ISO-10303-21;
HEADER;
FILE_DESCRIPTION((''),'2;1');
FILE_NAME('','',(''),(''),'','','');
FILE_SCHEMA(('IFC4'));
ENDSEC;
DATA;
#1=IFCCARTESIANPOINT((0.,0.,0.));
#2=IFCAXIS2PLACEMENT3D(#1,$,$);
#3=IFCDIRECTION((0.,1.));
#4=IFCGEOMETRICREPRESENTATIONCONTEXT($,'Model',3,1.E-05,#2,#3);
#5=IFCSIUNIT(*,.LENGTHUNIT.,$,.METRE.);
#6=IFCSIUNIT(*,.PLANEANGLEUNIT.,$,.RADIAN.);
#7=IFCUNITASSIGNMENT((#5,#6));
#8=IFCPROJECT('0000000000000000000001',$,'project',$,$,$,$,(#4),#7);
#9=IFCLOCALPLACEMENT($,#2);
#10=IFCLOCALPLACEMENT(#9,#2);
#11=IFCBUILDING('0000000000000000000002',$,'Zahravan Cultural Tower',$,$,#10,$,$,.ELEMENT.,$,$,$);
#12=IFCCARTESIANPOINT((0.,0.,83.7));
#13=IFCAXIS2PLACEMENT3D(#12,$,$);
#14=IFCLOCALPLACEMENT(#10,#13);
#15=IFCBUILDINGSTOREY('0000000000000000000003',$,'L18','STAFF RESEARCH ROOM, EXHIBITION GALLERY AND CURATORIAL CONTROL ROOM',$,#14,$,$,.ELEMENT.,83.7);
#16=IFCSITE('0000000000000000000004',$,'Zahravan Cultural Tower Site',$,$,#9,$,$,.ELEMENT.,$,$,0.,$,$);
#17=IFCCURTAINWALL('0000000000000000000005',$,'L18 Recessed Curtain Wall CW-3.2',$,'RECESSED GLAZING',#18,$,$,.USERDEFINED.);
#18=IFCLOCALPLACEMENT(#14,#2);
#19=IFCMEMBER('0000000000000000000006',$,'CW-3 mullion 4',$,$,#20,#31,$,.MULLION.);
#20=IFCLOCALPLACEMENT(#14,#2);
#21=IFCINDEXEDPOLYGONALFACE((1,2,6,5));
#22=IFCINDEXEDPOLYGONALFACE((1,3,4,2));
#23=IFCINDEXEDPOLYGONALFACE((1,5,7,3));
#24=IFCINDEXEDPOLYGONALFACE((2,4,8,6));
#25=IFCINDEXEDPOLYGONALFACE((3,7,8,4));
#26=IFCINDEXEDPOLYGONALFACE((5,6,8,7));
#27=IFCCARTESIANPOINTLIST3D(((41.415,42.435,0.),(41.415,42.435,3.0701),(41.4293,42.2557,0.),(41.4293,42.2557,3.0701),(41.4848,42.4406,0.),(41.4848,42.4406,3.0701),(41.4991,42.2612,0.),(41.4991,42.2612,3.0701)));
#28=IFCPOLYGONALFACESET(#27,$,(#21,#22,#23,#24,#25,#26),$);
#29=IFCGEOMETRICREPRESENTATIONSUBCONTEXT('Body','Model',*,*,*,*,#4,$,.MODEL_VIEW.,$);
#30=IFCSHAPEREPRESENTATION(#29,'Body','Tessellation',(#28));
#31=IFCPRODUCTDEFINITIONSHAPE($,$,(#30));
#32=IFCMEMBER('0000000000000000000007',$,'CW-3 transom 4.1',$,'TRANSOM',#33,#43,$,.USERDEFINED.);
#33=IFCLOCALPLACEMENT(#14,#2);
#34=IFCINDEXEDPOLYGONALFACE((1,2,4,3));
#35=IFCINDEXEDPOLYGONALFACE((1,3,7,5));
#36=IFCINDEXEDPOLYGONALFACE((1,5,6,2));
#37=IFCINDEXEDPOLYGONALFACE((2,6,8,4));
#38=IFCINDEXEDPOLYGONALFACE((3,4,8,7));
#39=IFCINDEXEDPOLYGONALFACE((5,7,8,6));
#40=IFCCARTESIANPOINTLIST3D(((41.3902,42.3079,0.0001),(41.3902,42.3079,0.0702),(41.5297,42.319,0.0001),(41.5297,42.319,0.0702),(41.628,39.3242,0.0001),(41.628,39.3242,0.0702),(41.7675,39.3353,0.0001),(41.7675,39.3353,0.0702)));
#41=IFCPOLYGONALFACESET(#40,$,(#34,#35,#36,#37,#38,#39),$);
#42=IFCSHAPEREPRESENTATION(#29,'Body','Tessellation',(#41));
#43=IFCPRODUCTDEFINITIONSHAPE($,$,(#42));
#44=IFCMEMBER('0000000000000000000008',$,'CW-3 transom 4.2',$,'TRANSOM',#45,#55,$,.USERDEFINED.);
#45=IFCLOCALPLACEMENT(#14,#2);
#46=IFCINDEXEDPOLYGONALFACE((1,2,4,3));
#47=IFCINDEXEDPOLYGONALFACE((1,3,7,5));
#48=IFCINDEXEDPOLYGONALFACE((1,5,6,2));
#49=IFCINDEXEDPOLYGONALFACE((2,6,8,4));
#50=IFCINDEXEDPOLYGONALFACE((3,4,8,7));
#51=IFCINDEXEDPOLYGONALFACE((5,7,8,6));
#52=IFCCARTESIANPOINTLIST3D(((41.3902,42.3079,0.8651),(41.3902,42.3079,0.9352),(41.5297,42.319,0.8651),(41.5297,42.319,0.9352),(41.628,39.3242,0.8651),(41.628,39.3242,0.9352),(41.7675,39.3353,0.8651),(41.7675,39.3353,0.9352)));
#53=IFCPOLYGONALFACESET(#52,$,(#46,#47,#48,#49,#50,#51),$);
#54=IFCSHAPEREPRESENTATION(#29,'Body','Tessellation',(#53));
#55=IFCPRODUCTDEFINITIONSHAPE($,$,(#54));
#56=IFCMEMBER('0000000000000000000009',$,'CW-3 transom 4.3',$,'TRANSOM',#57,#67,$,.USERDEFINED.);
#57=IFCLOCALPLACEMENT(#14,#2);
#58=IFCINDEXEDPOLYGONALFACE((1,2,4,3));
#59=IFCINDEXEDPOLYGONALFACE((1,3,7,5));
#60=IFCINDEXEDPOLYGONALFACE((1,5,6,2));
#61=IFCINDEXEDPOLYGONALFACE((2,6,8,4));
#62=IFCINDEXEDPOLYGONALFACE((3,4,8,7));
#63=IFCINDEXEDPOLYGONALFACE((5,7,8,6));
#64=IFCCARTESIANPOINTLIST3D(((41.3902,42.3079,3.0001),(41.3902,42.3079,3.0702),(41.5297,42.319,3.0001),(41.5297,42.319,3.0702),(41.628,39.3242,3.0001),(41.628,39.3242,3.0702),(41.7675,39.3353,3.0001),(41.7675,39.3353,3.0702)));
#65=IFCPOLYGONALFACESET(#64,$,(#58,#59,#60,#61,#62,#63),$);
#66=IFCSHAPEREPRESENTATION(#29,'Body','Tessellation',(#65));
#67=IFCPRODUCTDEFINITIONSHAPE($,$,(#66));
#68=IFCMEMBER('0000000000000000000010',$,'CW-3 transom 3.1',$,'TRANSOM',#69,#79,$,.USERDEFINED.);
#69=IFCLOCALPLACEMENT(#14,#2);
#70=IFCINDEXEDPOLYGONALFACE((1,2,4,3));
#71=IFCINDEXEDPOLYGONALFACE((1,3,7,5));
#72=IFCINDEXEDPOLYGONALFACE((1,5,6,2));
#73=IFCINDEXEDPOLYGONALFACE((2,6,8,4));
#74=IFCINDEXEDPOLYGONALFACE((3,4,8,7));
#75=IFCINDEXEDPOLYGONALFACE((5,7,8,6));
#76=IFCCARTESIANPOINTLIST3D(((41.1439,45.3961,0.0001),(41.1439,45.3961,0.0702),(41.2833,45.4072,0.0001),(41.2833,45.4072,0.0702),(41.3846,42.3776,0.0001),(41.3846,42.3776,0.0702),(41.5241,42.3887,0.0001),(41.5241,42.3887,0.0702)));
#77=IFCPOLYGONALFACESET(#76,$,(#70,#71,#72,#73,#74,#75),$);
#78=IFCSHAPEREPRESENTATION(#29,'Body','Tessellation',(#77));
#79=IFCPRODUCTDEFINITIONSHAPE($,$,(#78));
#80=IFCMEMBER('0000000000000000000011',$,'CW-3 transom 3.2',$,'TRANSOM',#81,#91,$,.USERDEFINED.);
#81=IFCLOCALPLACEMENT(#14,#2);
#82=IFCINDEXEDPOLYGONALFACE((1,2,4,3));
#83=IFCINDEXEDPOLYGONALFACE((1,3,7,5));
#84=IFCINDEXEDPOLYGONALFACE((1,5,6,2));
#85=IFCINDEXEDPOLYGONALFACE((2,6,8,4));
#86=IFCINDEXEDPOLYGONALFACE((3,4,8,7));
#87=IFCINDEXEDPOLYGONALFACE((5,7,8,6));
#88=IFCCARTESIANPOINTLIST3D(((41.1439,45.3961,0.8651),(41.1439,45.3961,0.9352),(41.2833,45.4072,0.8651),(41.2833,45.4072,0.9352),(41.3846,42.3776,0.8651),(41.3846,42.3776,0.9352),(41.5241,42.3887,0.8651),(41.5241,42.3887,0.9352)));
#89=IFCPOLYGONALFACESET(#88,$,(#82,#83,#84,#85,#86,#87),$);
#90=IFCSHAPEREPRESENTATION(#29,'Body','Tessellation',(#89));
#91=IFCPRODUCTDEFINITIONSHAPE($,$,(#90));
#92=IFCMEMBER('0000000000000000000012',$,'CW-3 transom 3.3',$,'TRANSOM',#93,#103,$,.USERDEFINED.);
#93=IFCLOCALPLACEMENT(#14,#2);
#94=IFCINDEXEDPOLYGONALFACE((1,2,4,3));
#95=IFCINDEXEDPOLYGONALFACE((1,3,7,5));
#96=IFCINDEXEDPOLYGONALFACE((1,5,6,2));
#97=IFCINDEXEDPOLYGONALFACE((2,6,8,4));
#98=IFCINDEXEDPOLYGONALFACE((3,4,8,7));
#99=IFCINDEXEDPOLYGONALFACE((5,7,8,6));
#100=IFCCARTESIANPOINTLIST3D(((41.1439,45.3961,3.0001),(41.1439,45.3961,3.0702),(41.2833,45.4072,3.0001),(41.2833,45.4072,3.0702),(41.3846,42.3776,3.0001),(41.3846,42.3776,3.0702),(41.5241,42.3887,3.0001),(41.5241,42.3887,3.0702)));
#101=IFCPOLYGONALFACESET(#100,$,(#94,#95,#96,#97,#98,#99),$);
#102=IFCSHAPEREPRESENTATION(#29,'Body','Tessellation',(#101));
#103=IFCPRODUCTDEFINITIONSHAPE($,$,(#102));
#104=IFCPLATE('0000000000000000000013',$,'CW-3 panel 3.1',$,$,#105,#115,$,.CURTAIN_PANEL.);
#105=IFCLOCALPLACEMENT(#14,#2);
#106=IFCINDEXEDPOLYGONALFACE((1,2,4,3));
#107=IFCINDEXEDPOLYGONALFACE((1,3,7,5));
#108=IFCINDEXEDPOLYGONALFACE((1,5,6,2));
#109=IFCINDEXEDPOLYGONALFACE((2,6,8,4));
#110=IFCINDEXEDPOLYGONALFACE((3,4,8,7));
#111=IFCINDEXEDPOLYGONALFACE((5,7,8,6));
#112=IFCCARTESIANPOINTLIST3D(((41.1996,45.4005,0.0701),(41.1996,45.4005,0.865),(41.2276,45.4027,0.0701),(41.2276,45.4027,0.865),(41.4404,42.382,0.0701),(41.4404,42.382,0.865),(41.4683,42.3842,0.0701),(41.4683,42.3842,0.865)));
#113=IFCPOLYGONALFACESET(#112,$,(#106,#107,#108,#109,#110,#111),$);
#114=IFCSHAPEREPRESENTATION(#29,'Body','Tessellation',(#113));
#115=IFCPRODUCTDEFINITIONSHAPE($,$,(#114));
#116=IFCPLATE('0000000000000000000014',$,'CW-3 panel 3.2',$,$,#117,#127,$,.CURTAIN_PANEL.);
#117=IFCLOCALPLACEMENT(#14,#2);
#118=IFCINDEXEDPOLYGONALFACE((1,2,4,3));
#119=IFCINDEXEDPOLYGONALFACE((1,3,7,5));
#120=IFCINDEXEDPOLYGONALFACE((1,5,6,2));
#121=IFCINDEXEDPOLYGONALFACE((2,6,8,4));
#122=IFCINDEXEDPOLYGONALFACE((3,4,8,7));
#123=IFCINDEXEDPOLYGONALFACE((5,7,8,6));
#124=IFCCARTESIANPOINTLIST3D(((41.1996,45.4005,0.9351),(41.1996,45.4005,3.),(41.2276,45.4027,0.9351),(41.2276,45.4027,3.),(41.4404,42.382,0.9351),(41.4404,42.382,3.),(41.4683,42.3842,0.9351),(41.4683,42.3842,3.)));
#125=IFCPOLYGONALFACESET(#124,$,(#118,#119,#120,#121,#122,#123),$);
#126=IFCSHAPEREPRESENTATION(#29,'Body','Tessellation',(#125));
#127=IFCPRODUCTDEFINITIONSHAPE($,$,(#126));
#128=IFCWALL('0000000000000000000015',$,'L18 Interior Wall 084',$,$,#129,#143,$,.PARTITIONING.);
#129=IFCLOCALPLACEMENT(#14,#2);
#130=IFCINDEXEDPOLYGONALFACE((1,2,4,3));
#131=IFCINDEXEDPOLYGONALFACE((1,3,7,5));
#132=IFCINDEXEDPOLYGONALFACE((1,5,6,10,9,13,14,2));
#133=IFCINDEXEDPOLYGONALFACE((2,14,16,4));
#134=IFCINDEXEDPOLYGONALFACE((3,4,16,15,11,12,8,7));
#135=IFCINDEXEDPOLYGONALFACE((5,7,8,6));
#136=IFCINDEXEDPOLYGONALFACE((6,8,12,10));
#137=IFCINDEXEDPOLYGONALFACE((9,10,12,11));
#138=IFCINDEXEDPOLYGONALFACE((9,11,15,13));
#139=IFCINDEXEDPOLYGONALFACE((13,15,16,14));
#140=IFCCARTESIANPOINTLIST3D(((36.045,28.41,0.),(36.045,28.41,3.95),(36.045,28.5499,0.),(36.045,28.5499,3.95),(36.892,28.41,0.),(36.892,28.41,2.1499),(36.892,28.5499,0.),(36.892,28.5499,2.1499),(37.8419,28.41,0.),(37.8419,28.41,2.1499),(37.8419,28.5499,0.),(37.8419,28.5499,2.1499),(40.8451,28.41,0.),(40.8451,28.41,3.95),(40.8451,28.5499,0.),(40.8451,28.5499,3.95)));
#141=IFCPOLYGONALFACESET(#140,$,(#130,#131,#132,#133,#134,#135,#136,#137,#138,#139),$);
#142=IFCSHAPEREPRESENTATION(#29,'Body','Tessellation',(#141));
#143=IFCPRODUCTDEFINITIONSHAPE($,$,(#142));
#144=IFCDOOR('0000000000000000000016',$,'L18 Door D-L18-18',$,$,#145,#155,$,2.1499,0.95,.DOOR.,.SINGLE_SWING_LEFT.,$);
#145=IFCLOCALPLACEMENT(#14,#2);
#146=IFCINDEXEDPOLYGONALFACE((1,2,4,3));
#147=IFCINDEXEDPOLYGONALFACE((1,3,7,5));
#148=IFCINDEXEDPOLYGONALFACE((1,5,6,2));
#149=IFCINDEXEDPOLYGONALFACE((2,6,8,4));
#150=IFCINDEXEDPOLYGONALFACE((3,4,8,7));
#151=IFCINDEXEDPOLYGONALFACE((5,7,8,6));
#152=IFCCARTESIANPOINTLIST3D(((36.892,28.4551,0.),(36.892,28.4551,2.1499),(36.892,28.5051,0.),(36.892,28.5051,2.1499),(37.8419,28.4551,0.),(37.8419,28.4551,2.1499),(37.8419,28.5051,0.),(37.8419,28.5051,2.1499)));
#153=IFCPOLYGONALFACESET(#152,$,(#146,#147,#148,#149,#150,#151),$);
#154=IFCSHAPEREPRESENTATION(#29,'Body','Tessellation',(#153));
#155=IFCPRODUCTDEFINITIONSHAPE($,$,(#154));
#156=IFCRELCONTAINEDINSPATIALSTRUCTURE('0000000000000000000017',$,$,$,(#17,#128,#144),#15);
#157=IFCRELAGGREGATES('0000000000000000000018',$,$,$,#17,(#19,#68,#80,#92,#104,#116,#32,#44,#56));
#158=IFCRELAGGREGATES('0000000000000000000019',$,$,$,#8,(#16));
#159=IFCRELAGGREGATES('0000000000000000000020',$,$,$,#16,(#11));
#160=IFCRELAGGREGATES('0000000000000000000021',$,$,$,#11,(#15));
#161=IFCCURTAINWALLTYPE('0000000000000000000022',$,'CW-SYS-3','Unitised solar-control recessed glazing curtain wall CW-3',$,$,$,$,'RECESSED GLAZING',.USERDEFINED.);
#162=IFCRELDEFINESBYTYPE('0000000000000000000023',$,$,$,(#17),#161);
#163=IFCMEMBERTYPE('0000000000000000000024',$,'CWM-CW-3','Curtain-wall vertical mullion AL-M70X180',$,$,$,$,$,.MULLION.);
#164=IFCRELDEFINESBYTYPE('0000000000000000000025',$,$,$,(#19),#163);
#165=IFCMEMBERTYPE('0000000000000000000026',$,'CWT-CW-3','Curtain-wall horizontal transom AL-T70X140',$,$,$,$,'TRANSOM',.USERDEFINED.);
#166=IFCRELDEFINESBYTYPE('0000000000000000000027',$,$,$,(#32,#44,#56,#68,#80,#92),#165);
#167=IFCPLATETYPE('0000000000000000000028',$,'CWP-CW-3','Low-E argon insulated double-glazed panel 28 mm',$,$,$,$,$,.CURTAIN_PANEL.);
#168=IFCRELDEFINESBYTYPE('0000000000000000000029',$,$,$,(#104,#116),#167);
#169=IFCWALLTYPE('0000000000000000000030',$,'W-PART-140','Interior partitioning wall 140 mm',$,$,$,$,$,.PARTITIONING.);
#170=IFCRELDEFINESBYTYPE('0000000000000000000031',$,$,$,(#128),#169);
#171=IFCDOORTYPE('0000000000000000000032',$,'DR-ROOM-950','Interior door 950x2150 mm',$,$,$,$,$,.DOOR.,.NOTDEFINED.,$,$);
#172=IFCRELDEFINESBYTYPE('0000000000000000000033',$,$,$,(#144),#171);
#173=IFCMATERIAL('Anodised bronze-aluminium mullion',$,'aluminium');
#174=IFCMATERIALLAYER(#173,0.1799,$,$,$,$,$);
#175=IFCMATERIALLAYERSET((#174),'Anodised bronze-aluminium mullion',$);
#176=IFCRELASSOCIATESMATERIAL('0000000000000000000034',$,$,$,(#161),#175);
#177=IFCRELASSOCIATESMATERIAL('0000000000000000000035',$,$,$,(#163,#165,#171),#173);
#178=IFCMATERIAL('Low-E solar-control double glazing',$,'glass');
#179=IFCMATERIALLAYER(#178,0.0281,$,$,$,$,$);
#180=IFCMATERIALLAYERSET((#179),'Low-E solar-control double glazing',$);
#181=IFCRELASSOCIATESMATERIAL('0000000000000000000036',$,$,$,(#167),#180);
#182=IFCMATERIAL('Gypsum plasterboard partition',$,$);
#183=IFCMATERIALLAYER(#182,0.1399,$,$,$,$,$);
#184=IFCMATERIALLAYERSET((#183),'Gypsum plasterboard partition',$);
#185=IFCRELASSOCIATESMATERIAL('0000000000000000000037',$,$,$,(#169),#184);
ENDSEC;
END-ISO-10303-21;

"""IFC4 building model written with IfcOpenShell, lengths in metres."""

from ifc_helpers import new_model, si_unit, direction, frame, frame_2d, origin, origin_2d, place, context, subcontext, project, spatial, rectangle, extrude, source, transform, mapped, material, layer, layer_set, material_profile, profile_set, type_object, element, fill, aggregate, save


model = new_model("IFC4")

# Units and contexts
model_context = context("Model", 3, precision=1e-05, world=origin(), true_north=direction((0.0, 1.0)))
body_context = subcontext(model_context, "Body", "Model", "MODEL_VIEW")
ifc_project = project(units=[si_unit("LENGTHUNIT", "METRE"), si_unit("PLANEANGLEUNIT", "RADIAN")], contexts=[model_context])

# Site, building, storey
site_placement = place(None, origin())
site = spatial("IfcSite", under=ifc_project, at=site_placement, Name="Zahravan Cultural Tower Site", CompositionType="ELEMENT", RefElevation=0.0)
building_placement = place(site_placement, origin())
building = spatial("IfcBuilding", under=site, at=building_placement, Name="Zahravan Cultural Tower", CompositionType="ELEMENT")
storey_placement = place(building_placement, frame((0.0, 0.0, 83.7)))
storey = spatial("IfcBuildingStorey", under=building, at=storey_placement, Name="L18", Description="STAFF RESEARCH ROOM, EXHIBITION GALLERY AND CURATORIAL CONTROL ROOM", CompositionType="ELEMENT", Elevation=83.7)

# Curtain wall, members, plates
ifc_material_1 = material(Name="Anodised bronze-aluminium mullion", Category="aluminium")
ifc_layer_1 = layer(ifc_material_1, 0.1799)
ifc_layer_set_1 = layer_set([ifc_layer_1], Name="Anodised bronze-aluminium mullion")
curtain_wall_type = type_object("IfcCurtainWallType", Name="CW-SYS-3", Description="Unitised solar-control recessed glazing curtain wall CW-3", ElementType="RECESSED GLAZING", PredefinedType="USERDEFINED", material=ifc_layer_set_1)
curtain_wall_placement = place(storey_placement, origin())
curtain_wall = element("IfcCurtainWall", 1, at=curtain_wall_placement, inside=storey, type_object=curtain_wall_type, Name="L18 Recessed Curtain Wall CW-3.2", ObjectType="RECESSED GLAZING", PredefinedType="USERDEFINED")
ifc_material_profile_1 = material_profile(ifc_material_1, rectangle(XDim=0.0701, YDim=0.1799, at=origin_2d()), Name="AL-M70X180")
ifc_profile_set_1 = profile_set([ifc_material_profile_1], Name="Anodised bronze-aluminium mullion")
member_type_1 = type_object("IfcMemberType", Name="CWM-CW-3", Description="Curtain-wall vertical mullion AL-M70X180", PredefinedType="MULLION", material=ifc_profile_set_1)
shared_shape_1 = source(origin(), body_context, "Body", "SweptSolid", [
    extrude(rectangle(XDim=0.0701, YDim=0.1799, at=origin_2d()), origin(), (0.0, 0.0, 1.0), 3.0701),
])
member_1_placement = place(storey_placement, frame((41.457, 42.3481, 0.0), z_axis=(0.0, 0.0, 1.0), x_axis=(0.996835, 0.079501, 0.0)))
member_1 = element("IfcMember", 2, at=member_1_placement, type_object=member_type_1, Name="CW-3 mullion 4", PredefinedType="MULLION", context=body_context, shape_type="MappedRepresentation", body=[
    mapped(shared_shape_1, transform((0.0, 0.0, 0.0), x_axis=(1.0, 0.0, 0.0), y_axis=(0.0, 1.0, 0.0), z_axis=(0.0, 0.0, 1.0), scale=1.0)),
])
ifc_material_profile_2 = material_profile(ifc_material_1, rectangle(XDim=0.1399, YDim=0.0701, at=origin_2d()), Name="AL-T70X140")
ifc_profile_set_2 = profile_set([ifc_material_profile_2], Name="Anodised bronze-aluminium mullion")
member_type_2 = type_object("IfcMemberType", Name="CWT-CW-3", Description="Curtain-wall horizontal transom AL-T70X140", ElementType="TRANSOM", PredefinedType="USERDEFINED", material=ifc_profile_set_2)
shared_shape_2 = source(origin(), body_context, "Body", "SweptSolid", [
    extrude(rectangle(XDim=0.1399, YDim=0.0701, at=origin_2d()), origin(), (0.0, 0.0, 1.0), 2.9932),
])
member_2_placement = place(storey_placement, frame((41.46, 42.3135, 0.0352), z_axis=(0.079447, -0.996839, 0.0), x_axis=(0.996839, 0.079447, 0.0)))
member_2 = element("IfcMember", 3, at=member_2_placement, type_object=member_type_2, Name="CW-3 transom 4.1", ObjectType="TRANSOM", PredefinedType="USERDEFINED", context=body_context, shape_type="MappedRepresentation", body=[
    mapped(shared_shape_2, transform((0.0, 0.0, 0.0), x_axis=(1.0, 0.0, 0.0), y_axis=(0.0, 1.0, 0.0), z_axis=(0.0, 0.0, 1.0), scale=1.0)),
])
member_3_placement = place(storey_placement, frame((41.46, 42.3135, 0.9001), z_axis=(0.079447, -0.996839, 0.0), x_axis=(0.996839, 0.079447, 0.0)))
member_3 = element("IfcMember", 4, at=member_3_placement, type_object=member_type_2, Name="CW-3 transom 4.2", ObjectType="TRANSOM", PredefinedType="USERDEFINED", context=body_context, shape_type="MappedRepresentation", body=[
    mapped(shared_shape_2, transform((0.0, 0.0, 0.0), x_axis=(1.0, 0.0, 0.0), y_axis=(0.0, 1.0, 0.0), z_axis=(0.0, 0.0, 1.0), scale=1.0)),
])
member_4_placement = place(storey_placement, frame((41.46, 42.3135, 3.0352), z_axis=(0.079447, -0.996839, 0.0), x_axis=(0.996839, 0.079447, 0.0)))
member_4 = element("IfcMember", 5, at=member_4_placement, type_object=member_type_2, Name="CW-3 transom 4.3", ObjectType="TRANSOM", PredefinedType="USERDEFINED", context=body_context, shape_type="MappedRepresentation", body=[
    mapped(shared_shape_2, transform((0.0, 0.0, 0.0), x_axis=(1.0, 0.0, 0.0), y_axis=(0.0, 1.0, 0.0), z_axis=(0.0, 0.0, 1.0), scale=1.0)),
])
shared_shape_3 = source(origin(), body_context, "Body", "SweptSolid", [
    extrude(rectangle(XDim=0.1399, YDim=0.0701, at=origin_2d()), origin(), (0.0, 0.0, 1.0), 3.0281),
])
member_5_placement = place(storey_placement, frame((41.2136, 45.4016, 0.0352), z_axis=(0.079495, -0.996835, 0.0), x_axis=(0.996835, 0.079495, 0.0)))
member_5 = element("IfcMember", 6, at=member_5_placement, type_object=member_type_2, Name="CW-3 transom 3.1", ObjectType="TRANSOM", PredefinedType="USERDEFINED", context=body_context, shape_type="MappedRepresentation", body=[
    mapped(shared_shape_3, transform((0.0, 0.0, 0.0), x_axis=(1.0, 0.0, 0.0), y_axis=(0.0, 1.0, 0.0), z_axis=(0.0, 0.0, 1.0), scale=1.0)),
])
member_6_placement = place(storey_placement, frame((41.2136, 45.4016, 0.9001), z_axis=(0.079495, -0.996835, 0.0), x_axis=(0.996835, 0.079495, 0.0)))
member_6 = element("IfcMember", 7, at=member_6_placement, type_object=member_type_2, Name="CW-3 transom 3.2", ObjectType="TRANSOM", PredefinedType="USERDEFINED", context=body_context, shape_type="MappedRepresentation", body=[
    mapped(shared_shape_3, transform((0.0, 0.0, 0.0), x_axis=(1.0, 0.0, 0.0), y_axis=(0.0, 1.0, 0.0), z_axis=(0.0, 0.0, 1.0), scale=1.0)),
])
member_7_placement = place(storey_placement, frame((41.2136, 45.4016, 3.0352), z_axis=(0.079495, -0.996835, 0.0), x_axis=(0.996835, 0.079495, 0.0)))
member_7 = element("IfcMember", 8, at=member_7_placement, type_object=member_type_2, Name="CW-3 transom 3.3", ObjectType="TRANSOM", PredefinedType="USERDEFINED", context=body_context, shape_type="MappedRepresentation", body=[
    mapped(shared_shape_3, transform((0.0, 0.0, 0.0), x_axis=(1.0, 0.0, 0.0), y_axis=(0.0, 1.0, 0.0), z_axis=(0.0, 0.0, 1.0), scale=1.0)),
])
ifc_material_2 = material(Name="Low-E solar-control double glazing", Category="glass")
ifc_layer_2 = layer(ifc_material_2, 0.0281)
ifc_layer_set_2 = layer_set([ifc_layer_2], Name="Low-E solar-control double glazing")
plate_type = type_object("IfcPlateType", Name="CWP-CW-3", Description="Low-E argon insulated double-glazed panel 28 mm", PredefinedType="CURTAIN_PANEL", material=ifc_layer_set_2)
shared_shape_4 = source(origin(), body_context, "Body", "SweptSolid", [
    extrude(rectangle(XDim=3.0281, YDim=0.0281, at=origin_2d()), origin(), (0.0, 0.0, 1.0), 0.7949),
])
plate_1_placement = place(storey_placement, frame((41.334, 43.8923, 0.0701), z_axis=(0.0, 0.0, 1.0), x_axis=(0.079501, -0.996835, 0.0)))
plate_1 = element("IfcPlate", 9, at=plate_1_placement, type_object=plate_type, Name="CW-3 panel 3.1", PredefinedType="CURTAIN_PANEL", context=body_context, shape_type="MappedRepresentation", body=[
    mapped(shared_shape_4, transform((0.0, 0.0, 0.0), x_axis=(1.0, 0.0, 0.0), y_axis=(0.0, 1.0, 0.0), z_axis=(0.0, 0.0, 1.0), scale=1.0)),
])
shared_shape_5 = source(origin(), body_context, "Body", "SweptSolid", [
    extrude(rectangle(XDim=3.0281, YDim=0.0281, at=origin_2d()), origin(), (0.0, 0.0, 1.0), 2.0649),
])
plate_2_placement = place(storey_placement, frame((41.334, 43.8923, 0.9351), z_axis=(0.0, 0.0, 1.0), x_axis=(0.079501, -0.996835, 0.0)))
plate_2 = element("IfcPlate", 10, at=plate_2_placement, type_object=plate_type, Name="CW-3 panel 3.2", PredefinedType="CURTAIN_PANEL", context=body_context, shape_type="MappedRepresentation", body=[
    mapped(shared_shape_5, transform((0.0, 0.0, 0.0), x_axis=(1.0, 0.0, 0.0), y_axis=(0.0, 1.0, 0.0), z_axis=(0.0, 0.0, 1.0), scale=1.0)),
])
aggregate(curtain_wall, [member_1, member_5, member_6, member_7, plate_1, plate_2, member_2, member_3, member_4])

# Wall, opening, door
ifc_material_3 = material(Name="Gypsum plasterboard partition")
ifc_layer_3 = layer(ifc_material_3, 0.1399)
ifc_layer_set_3 = layer_set([ifc_layer_3], Name="Gypsum plasterboard partition")
wall_type_1 = type_object("IfcWallType", Name="W-PART-140", Description="Interior partitioning wall 140 mm", PredefinedType="PARTITIONING", material=ifc_layer_set_3)
wall_1_placement = place(storey_placement, frame((40.845, 28.48, 0.0), z_axis=(0.0, 0.0, 1.0), x_axis=(-1.0, 0.0, 0.0)))
wall_1 = element("IfcWall", 11, at=wall_1_placement, inside=storey, type_object=wall_type_1, Name="L18 Interior Wall 084", PredefinedType="PARTITIONING", context=body_context, shape_type="SweptSolid", body=[
    extrude(rectangle(XDim=4.8, YDim=0.1399, at=frame_2d((2.3999, 0.0))), origin(), (0.0, 0.0, 1.0), 3.95),
])
opening_1_placement = place(wall_1_placement, frame((3.0029, 0.0, 0.0)))
opening_1 = element("IfcOpeningElement", 12, at=opening_1_placement, cuts=wall_1, PredefinedType="OPENING", context=body_context, shape_type="SweptSolid", body=[
    extrude(rectangle(XDim=0.95, YDim=2.1499, at=frame_2d((0.4751, 1.075))), frame((0.0, 0.0798, 0.0), z_axis=(0.0, -1.0, 0.0), x_axis=(1.0, 0.0, 0.0)), (0.0, 0.0, 1.0), 0.1599),
])
door_type_1 = type_object("IfcDoorType", Name="DR-ROOM-950", Description="Interior door 950x2150 mm", OperationType="NOTDEFINED", PredefinedType="DOOR", material=ifc_material_1)
shared_shape_6 = source(origin(), body_context, "Body", "SweptSolid", [
    extrude(rectangle(XDim=0.95, YDim=2.1499, at=frame_2d((0.4751, 1.075))), frame((0.0, 0.0249, 0.0), z_axis=(0.0, -1.0, 0.0), x_axis=(1.0, 0.0, 0.0)), (0.0, 0.0, 1.0), 0.05),
])
door_1_placement = place(opening_1_placement, origin())
door_1 = element("IfcDoor", 13, at=door_1_placement, inside=storey, type_object=door_type_1, Name="L18 Door D-L18-18", OperationType="SINGLE_SWING_LEFT", OverallHeight=2.1499, OverallWidth=0.95, PredefinedType="DOOR", context=body_context, shape_type="MappedRepresentation", body=[
    mapped(shared_shape_6, transform((0.0, 0.0, 0.0), x_axis=(1.0, 0.0, 0.0), y_axis=(0.0, 1.0, 0.0), z_axis=(0.0, 0.0, 1.0), scale=1.0)),
])
fill(opening_1, door_1)

save(model, "model.ifc")
